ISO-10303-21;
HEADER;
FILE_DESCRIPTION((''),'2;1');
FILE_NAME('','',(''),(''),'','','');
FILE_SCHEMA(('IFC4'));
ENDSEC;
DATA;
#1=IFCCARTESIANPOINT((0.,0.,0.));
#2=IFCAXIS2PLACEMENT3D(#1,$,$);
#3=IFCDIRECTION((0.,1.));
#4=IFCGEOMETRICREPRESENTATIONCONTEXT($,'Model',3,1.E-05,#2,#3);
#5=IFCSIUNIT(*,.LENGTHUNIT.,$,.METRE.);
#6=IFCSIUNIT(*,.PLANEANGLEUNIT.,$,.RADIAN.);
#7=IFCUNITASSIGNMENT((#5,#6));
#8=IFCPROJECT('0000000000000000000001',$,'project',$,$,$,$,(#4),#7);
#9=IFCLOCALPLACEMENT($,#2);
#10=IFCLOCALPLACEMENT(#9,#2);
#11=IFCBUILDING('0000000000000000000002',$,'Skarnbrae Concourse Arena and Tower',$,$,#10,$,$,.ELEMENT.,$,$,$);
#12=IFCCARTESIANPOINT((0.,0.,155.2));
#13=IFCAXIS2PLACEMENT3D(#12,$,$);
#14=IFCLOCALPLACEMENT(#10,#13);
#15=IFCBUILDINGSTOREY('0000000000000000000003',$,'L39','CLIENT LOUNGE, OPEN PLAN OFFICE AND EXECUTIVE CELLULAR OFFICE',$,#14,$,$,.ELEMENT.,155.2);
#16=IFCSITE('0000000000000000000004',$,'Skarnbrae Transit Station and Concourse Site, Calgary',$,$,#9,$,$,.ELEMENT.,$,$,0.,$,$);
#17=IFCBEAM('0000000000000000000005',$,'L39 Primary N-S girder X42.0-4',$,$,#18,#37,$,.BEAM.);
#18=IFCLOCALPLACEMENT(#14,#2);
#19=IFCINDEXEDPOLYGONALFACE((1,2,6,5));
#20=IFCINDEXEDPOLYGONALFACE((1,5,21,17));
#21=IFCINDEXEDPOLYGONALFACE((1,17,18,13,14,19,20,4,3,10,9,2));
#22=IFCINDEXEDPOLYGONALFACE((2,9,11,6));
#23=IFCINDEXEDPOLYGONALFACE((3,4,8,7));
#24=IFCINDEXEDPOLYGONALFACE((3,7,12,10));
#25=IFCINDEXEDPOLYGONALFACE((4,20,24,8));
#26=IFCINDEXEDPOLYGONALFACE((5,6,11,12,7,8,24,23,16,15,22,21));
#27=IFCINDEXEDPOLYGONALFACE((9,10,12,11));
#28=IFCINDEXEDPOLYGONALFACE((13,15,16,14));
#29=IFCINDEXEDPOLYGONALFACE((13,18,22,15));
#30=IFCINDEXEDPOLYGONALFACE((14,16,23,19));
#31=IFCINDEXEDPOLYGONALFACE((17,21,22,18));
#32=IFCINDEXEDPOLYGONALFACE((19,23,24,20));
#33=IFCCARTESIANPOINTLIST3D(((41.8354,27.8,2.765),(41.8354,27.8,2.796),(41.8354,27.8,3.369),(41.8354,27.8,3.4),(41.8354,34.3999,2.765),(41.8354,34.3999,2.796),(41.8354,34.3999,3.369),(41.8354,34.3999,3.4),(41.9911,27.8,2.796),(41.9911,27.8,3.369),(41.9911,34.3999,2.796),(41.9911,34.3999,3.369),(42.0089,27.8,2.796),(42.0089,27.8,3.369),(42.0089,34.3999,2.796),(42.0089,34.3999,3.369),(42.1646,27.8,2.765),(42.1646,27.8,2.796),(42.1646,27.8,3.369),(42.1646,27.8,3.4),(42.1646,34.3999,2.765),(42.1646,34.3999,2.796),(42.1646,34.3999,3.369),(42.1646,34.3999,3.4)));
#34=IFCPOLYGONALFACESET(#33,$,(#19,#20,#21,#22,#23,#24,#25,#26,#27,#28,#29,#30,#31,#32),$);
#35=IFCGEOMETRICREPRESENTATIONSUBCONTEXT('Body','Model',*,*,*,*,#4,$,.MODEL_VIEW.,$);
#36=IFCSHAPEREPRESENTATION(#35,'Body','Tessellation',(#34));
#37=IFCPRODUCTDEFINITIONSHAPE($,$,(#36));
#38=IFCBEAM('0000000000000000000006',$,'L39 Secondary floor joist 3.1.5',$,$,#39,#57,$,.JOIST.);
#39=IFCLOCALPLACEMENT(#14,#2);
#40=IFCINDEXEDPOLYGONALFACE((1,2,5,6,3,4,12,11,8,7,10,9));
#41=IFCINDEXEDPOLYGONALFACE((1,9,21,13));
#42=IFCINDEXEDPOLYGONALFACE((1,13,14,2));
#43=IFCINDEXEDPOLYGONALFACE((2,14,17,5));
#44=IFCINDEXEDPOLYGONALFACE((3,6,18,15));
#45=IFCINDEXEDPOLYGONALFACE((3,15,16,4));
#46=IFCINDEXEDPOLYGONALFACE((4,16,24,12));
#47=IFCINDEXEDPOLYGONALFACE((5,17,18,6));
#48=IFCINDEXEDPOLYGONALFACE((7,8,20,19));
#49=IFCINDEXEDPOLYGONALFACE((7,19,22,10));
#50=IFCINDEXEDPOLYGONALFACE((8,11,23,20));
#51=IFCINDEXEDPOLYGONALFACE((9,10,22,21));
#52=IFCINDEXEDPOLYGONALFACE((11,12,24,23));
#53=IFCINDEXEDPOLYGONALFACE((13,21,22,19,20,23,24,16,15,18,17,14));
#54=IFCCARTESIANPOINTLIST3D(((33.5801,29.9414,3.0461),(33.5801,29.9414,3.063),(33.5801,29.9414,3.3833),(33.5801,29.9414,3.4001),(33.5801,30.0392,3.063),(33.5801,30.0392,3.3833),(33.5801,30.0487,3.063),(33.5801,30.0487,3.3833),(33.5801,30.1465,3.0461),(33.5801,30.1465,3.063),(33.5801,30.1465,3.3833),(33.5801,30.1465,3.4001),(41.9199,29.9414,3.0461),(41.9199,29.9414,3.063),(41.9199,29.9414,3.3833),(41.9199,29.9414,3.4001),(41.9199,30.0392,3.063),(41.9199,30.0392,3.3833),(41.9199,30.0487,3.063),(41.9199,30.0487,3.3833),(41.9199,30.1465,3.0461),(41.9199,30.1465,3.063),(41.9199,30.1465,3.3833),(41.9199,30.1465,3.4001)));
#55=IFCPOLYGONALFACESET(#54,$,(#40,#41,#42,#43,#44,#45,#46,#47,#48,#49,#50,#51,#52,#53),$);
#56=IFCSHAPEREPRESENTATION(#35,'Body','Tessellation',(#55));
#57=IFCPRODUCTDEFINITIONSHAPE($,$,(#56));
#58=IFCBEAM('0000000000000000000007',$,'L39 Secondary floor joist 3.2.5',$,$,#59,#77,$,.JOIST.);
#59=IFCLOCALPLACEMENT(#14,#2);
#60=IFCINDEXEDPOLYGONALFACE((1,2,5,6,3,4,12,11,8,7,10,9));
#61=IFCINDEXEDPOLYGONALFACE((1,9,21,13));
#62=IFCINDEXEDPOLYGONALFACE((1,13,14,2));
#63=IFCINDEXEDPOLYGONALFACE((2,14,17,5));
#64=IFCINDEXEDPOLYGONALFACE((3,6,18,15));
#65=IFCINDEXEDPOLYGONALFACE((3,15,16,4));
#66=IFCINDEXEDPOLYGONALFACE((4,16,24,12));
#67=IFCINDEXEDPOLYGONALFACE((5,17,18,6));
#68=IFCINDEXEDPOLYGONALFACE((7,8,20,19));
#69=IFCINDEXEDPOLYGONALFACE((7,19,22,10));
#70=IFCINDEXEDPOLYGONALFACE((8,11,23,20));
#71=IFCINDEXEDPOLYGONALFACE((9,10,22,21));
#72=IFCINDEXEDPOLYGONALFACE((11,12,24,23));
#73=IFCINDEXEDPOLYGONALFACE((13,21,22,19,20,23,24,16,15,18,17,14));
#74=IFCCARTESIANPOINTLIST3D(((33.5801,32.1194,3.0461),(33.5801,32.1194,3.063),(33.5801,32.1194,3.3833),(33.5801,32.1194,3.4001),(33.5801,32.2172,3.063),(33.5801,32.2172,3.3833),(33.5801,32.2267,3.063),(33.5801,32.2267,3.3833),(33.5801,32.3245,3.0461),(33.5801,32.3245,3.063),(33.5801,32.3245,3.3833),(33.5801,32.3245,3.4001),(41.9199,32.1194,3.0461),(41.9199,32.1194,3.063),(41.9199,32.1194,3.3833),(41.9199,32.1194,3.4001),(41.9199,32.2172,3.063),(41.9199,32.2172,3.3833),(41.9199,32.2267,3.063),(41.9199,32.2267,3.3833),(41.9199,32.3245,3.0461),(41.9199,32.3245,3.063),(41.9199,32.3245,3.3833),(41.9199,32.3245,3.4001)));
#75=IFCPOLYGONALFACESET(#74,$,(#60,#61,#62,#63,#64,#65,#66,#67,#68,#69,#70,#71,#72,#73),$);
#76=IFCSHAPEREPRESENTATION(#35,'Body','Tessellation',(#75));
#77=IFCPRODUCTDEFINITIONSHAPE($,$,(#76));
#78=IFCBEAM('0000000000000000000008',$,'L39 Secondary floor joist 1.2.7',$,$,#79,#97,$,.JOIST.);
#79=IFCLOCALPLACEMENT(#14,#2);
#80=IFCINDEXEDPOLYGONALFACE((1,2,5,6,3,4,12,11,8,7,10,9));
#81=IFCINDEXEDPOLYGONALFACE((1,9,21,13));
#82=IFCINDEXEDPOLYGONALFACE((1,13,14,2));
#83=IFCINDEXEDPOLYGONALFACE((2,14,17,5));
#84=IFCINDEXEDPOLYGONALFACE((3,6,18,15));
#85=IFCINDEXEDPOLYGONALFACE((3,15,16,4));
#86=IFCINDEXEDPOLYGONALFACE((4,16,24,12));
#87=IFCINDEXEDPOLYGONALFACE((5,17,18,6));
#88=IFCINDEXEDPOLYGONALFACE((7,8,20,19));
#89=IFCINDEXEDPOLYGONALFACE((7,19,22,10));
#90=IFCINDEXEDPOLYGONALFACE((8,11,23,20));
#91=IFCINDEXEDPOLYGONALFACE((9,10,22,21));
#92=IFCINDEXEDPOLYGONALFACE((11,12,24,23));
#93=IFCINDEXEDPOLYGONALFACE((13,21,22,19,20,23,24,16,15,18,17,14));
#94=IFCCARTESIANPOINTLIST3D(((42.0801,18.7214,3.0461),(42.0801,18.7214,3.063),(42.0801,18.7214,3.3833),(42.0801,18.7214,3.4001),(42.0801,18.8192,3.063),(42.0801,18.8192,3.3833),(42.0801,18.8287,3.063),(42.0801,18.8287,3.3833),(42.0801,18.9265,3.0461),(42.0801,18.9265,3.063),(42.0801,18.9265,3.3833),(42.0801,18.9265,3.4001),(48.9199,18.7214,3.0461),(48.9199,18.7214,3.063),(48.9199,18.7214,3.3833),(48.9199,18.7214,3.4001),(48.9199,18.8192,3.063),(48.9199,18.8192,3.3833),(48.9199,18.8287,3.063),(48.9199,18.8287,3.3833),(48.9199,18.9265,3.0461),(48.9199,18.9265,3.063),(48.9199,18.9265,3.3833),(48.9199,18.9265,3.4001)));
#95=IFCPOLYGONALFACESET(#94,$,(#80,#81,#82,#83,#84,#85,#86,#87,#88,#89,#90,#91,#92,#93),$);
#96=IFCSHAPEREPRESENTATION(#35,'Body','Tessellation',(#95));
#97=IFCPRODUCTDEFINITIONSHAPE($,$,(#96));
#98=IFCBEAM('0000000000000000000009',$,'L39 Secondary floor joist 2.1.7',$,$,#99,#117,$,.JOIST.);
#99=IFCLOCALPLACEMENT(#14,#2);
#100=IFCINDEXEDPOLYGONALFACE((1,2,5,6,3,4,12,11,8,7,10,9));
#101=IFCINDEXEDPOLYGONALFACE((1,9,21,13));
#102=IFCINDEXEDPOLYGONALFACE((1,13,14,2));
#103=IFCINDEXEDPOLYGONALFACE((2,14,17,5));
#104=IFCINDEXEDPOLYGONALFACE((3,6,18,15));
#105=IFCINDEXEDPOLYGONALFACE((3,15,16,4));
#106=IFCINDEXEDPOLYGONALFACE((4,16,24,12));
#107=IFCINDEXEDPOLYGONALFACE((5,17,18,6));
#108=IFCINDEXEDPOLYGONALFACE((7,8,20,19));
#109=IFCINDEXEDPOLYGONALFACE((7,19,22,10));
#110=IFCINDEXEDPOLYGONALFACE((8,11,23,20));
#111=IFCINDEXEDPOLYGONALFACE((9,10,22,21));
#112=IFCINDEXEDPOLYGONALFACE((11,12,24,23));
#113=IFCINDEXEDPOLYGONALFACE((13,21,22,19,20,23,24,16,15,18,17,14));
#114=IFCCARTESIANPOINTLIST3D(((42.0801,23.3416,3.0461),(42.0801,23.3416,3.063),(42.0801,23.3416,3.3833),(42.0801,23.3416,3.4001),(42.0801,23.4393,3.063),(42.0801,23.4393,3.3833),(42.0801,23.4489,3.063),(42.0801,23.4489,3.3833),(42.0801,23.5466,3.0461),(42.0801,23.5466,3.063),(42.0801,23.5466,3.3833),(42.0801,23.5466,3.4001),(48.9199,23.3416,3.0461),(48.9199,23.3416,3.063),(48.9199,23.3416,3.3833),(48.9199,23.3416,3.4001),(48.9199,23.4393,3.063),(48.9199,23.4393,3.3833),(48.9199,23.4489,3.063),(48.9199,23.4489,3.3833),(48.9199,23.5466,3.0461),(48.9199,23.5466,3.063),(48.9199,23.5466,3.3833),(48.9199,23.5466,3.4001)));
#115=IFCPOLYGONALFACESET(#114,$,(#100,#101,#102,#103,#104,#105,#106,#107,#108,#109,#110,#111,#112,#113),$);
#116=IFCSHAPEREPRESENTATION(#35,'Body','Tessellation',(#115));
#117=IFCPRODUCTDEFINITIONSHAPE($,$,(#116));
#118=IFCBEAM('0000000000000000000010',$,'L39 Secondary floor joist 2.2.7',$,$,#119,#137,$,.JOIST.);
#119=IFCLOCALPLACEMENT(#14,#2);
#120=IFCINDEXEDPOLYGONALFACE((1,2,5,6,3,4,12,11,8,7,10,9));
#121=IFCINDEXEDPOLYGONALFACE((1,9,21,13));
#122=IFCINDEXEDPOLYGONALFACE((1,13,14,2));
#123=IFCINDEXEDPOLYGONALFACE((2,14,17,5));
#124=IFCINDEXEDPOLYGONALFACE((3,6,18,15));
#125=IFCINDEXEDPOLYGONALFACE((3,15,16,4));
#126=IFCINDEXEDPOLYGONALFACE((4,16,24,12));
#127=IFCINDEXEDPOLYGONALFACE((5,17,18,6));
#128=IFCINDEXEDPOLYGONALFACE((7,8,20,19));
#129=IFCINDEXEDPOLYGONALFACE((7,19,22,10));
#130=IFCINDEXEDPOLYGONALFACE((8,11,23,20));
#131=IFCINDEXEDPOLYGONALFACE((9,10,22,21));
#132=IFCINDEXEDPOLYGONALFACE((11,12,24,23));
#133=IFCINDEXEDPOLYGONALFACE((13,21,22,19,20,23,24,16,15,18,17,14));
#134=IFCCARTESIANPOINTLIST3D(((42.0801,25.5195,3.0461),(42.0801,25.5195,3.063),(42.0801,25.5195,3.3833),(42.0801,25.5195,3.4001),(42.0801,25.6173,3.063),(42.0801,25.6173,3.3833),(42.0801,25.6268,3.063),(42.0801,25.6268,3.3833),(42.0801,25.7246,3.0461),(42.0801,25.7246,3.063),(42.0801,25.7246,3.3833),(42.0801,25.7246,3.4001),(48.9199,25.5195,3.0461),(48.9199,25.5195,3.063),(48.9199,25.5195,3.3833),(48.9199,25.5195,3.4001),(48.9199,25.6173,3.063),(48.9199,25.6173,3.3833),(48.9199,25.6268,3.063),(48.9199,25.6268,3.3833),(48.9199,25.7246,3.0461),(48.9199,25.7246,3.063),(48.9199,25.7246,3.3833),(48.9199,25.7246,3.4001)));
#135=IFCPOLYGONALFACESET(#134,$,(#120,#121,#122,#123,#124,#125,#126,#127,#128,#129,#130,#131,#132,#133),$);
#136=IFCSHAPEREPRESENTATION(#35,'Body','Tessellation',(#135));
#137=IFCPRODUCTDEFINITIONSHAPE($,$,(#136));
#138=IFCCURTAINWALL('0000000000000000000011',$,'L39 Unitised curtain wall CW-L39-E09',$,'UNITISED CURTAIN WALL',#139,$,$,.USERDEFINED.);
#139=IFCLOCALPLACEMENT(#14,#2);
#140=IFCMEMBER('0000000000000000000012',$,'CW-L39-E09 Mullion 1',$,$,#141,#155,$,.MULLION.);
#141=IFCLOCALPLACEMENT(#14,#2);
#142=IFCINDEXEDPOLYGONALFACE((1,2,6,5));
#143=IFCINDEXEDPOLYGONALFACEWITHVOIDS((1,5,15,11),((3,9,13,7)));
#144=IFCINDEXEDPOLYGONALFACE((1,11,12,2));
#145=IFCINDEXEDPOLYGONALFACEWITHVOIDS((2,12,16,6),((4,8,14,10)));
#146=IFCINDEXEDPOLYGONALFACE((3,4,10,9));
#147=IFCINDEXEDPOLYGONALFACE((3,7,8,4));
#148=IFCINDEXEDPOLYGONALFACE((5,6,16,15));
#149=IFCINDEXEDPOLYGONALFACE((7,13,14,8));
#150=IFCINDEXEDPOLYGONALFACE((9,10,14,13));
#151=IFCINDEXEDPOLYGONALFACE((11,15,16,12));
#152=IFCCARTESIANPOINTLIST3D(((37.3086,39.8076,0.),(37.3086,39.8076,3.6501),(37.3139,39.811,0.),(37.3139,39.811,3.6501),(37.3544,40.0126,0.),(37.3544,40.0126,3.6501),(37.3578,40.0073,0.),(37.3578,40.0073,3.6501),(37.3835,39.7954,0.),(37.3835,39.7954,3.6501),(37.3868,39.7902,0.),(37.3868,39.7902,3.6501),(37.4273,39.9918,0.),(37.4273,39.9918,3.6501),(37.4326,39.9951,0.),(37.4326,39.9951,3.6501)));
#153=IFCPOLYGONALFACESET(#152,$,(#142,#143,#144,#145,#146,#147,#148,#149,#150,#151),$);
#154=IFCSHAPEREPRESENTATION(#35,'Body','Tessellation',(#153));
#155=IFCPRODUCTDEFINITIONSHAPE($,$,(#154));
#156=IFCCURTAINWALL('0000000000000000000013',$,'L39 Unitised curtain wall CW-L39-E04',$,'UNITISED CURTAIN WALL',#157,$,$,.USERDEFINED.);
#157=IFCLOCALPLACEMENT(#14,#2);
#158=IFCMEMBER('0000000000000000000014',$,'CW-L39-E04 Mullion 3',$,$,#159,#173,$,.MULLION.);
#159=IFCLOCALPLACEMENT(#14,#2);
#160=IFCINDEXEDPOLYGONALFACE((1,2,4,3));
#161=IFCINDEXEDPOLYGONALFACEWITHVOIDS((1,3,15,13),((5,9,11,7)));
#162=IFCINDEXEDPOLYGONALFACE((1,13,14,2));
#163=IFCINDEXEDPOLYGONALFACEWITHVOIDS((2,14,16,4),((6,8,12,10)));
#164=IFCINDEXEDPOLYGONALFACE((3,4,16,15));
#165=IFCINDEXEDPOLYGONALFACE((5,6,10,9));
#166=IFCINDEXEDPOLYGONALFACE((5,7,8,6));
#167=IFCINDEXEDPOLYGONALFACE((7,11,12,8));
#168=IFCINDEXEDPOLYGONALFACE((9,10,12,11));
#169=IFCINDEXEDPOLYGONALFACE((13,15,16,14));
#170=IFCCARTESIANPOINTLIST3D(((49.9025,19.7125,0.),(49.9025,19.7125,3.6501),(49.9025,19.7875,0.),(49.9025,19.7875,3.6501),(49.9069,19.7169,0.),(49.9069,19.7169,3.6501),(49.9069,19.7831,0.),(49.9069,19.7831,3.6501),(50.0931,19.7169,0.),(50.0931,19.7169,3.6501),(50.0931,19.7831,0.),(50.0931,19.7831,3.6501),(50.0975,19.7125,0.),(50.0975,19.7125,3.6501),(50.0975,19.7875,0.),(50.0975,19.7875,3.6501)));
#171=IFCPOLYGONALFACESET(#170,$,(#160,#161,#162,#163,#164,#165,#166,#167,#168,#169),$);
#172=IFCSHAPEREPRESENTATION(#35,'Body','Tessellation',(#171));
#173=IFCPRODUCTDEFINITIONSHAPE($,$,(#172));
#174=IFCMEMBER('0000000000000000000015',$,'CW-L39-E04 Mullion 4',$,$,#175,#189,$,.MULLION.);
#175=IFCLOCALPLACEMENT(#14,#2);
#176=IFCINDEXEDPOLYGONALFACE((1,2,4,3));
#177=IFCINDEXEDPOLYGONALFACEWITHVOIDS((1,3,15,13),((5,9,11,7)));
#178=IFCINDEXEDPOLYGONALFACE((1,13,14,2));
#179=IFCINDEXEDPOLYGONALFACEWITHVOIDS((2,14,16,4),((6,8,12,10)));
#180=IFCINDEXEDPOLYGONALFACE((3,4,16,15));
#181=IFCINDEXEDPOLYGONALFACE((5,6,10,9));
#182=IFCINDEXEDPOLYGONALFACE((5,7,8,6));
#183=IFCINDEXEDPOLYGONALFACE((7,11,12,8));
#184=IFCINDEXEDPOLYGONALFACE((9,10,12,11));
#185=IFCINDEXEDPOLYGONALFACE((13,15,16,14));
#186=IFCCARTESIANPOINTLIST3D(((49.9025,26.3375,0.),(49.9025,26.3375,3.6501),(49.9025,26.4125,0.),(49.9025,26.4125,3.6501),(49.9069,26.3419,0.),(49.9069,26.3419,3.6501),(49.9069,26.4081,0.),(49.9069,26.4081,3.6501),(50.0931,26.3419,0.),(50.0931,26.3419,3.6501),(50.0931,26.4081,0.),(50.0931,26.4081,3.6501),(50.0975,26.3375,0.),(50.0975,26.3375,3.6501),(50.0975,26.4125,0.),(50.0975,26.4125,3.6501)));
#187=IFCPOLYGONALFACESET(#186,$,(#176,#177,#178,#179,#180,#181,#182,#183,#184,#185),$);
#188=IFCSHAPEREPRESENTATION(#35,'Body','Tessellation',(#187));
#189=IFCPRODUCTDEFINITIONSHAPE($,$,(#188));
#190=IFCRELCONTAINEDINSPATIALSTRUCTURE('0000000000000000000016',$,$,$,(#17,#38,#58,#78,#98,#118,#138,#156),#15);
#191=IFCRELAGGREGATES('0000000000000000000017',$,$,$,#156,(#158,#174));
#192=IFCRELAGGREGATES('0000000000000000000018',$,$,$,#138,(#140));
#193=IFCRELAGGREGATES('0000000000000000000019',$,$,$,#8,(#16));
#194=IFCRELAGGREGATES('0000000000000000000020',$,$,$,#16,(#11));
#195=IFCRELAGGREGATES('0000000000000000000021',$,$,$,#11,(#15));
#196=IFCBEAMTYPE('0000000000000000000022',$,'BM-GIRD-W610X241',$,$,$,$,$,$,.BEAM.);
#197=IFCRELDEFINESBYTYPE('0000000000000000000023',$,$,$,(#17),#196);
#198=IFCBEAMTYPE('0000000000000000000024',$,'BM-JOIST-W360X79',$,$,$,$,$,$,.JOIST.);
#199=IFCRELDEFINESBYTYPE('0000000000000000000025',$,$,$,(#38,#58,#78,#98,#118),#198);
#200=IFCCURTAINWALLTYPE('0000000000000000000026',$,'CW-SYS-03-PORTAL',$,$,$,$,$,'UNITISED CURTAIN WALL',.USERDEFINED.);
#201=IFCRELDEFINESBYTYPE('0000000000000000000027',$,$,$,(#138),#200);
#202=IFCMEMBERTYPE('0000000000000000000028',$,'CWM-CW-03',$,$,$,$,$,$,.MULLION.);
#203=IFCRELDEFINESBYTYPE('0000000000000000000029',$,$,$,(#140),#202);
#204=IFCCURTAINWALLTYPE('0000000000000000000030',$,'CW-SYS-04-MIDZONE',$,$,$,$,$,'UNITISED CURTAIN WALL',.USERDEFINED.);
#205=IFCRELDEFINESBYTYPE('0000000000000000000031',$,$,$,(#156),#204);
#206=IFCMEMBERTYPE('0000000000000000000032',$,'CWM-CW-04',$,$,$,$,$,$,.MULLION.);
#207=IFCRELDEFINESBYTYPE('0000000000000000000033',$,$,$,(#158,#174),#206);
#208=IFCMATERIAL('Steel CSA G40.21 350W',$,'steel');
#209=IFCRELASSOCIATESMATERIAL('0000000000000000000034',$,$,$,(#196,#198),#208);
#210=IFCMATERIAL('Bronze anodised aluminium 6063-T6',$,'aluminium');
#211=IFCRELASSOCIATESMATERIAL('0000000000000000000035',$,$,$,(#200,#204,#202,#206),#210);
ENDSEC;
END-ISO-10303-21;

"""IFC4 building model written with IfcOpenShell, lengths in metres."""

from ifc_helpers import new_model, si_unit, direction, frame, origin, origin_2d, place, context, subcontext, project, spatial, hollow_rectangle, i_section, extrude, source, transform, mapped, material, material_profile, profile_set, type_object, element, aggregate, save


model = new_model("IFC4")

# Units and contexts
model_context = context("Model", 3, precision=1e-05, world=origin(), true_north=direction((0.0, 1.0)))
body_context = subcontext(model_context, "Body", "Model", "MODEL_VIEW")
ifc_project = project(units=[si_unit("LENGTHUNIT", "METRE"), si_unit("PLANEANGLEUNIT", "RADIAN")], contexts=[model_context])

# Site, building, storey
site_placement = place(None, origin())
site = spatial("IfcSite", under=ifc_project, at=site_placement, Name="Skarnbrae Transit Station and Concourse Site, Calgary", CompositionType="ELEMENT", RefElevation=0.0)
building_placement = place(site_placement, origin())
building = spatial("IfcBuilding", under=site, at=building_placement, Name="Skarnbrae Concourse Arena and Tower", CompositionType="ELEMENT")
storey_placement = place(building_placement, frame((0.0, 0.0, 155.2)))
storey = spatial("IfcBuildingStorey", under=building, at=storey_placement, Name="L39", Description="CLIENT LOUNGE, OPEN PLAN OFFICE AND EXECUTIVE CELLULAR OFFICE", CompositionType="ELEMENT", Elevation=155.2)

# Shared definitions
ifc_material_1 = material(Name="Steel CSA G40.21 350W", Category="steel")

# Beams
ifc_material_profile_1 = material_profile(ifc_material_1, i_section(OverallWidth=0.3291, OverallDepth=0.635, WebThickness=0.0178, FlangeThickness=0.031, at=origin_2d()), Name="W610X241")
ifc_profile_set_1 = profile_set([ifc_material_profile_1], Name="Steel CSA G40.21 350W")
beam_type_1 = type_object("IfcBeamType", Name="BM-GIRD-W610X241", PredefinedType="BEAM", material=ifc_profile_set_1)
shared_shape_1 = source(origin(), body_context, "Body", "SweptSolid", [
    extrude(i_section(OverallWidth=0.3291, OverallDepth=0.635, WebThickness=0.0178, FlangeThickness=0.031, at=origin_2d()), origin(), (0.0, 0.0, 1.0), 6.5999),
])
beam_1_placement = place(storey_placement, frame((42.0, 27.8, 3.0825), z_axis=(0.0, 1.0, 0.0), x_axis=(-1.0, 0.0, 0.0)))
element("IfcBeam", 1, at=beam_1_placement, inside=storey, type_object=beam_type_1, Name="L39 Primary N-S girder X42.0-4", PredefinedType="BEAM", context=body_context, shape_type="MappedRepresentation", body=[
    mapped(shared_shape_1, transform((0.0, 0.0, 0.0))),
])
ifc_material_profile_2 = material_profile(ifc_material_1, i_section(OverallWidth=0.2051, OverallDepth=0.354, WebThickness=0.0095, FlangeThickness=0.0168, at=origin_2d()), Name="W360X79")
ifc_profile_set_2 = profile_set([ifc_material_profile_2], Name="Steel CSA G40.21 350W")
beam_type_2 = type_object("IfcBeamType", Name="BM-JOIST-W360X79", PredefinedType="JOIST", material=ifc_profile_set_2)
shared_shape_2 = source(origin(), body_context, "Body", "SweptSolid", [
    extrude(i_section(OverallWidth=0.2051, OverallDepth=0.354, WebThickness=0.0095, FlangeThickness=0.0168, at=origin_2d()), origin(), (0.0, 0.0, 1.0), 8.3398),
])
for number, where, z_axis, x_axis, name in (
    (2, (33.5801, 30.0439, 3.2231), (1.0, 0.0, 0.0), (0.0, 1.0, 0.0), "L39 Secondary floor joist 3.1.5"),
    (3, (33.5801, 32.2219, 3.2231), (1.0, 0.0, 0.0), (0.0, 1.0, 0.0), "L39 Secondary floor joist 3.2.5"),
):
    element("IfcBeam", number, at=place(storey_placement, frame(where, z_axis=z_axis, x_axis=x_axis)), inside=storey, type_object=beam_type_2, Name=name, PredefinedType="JOIST", context=body_context, shape_type="MappedRepresentation", body=[
        mapped(shared_shape_2, transform((0.0, 0.0, 0.0))),
    ])
shared_shape_3 = source(origin(), body_context, "Body", "SweptSolid", [
    extrude(i_section(OverallWidth=0.2051, OverallDepth=0.354, WebThickness=0.0095, FlangeThickness=0.0168, at=origin_2d()), origin(), (0.0, 0.0, 1.0), 6.8398),
])
for number, where, z_axis, x_axis, name in (
    (4, (42.0801, 18.824, 3.2231), (1.0, 0.0, 0.0), (0.0, 1.0, 0.0), "L39 Secondary floor joist 1.2.7"),
    (5, (42.0801, 23.4441, 3.2231), (1.0, 0.0, 0.0), (0.0, 1.0, 0.0), "L39 Secondary floor joist 2.1.7"),
    (6, (42.0801, 25.6221, 3.2231), (1.0, 0.0, 0.0), (0.0, 1.0, 0.0), "L39 Secondary floor joist 2.2.7"),
):
    element("IfcBeam", number, at=place(storey_placement, frame(where, z_axis=z_axis, x_axis=x_axis)), inside=storey, type_object=beam_type_2, Name=name, PredefinedType="JOIST", context=body_context, shape_type="MappedRepresentation", body=[
        mapped(shared_shape_3, transform((0.0, 0.0, 0.0))),
    ])

# Curtain wall, member
ifc_material_2 = material(Name="Bronze anodised aluminium 6063-T6", Category="aluminium")
curtain_wall_type_1 = type_object("IfcCurtainWallType", Name="CW-SYS-03-PORTAL", ElementType="UNITISED CURTAIN WALL", PredefinedType="USERDEFINED", material=ifc_material_2)
curtain_wall_1_placement = place(storey_placement, origin())
curtain_wall_1 = element("IfcCurtainWall", 7, at=curtain_wall_1_placement, inside=storey, type_object=curtain_wall_type_1, Name="L39 Unitised curtain wall CW-L39-E09", ObjectType="UNITISED CURTAIN WALL", PredefinedType="USERDEFINED")
ifc_material_profile_3 = material_profile(ifc_material_2, hollow_rectangle(XDim=0.0801, YDim=0.21, WallThickness=0.0044, at=origin_2d()), Name="ALU-MULL-80X210")
ifc_profile_set_3 = profile_set([ifc_material_profile_3], Name="Bronze anodised aluminium 6063-T6")
member_type_1 = type_object("IfcMemberType", Name="CWM-CW-03", PredefinedType="MULLION", material=ifc_profile_set_3)
shared_shape_4 = source(origin(), body_context, "Body", "SweptSolid", [
    extrude(hollow_rectangle(XDim=0.0801, YDim=0.21, WallThickness=0.0044, at=origin_2d()), origin(), (0.0, 0.0, 1.0), 3.6501),
])
member_1_placement = place(storey_placement, frame((37.3706, 39.9014, 0.0), z_axis=(0.0, 0.0, 1.0), x_axis=(-0.975936, 0.218056, 0.0)))
member_1 = element("IfcMember", 8, at=member_1_placement, type_object=member_type_1, Name="CW-L39-E09 Mullion 1", PredefinedType="MULLION", context=body_context, shape_type="MappedRepresentation", body=[
    mapped(shared_shape_4, transform((0.0, 0.0, 0.0))),
])

# Curtain wall, members
curtain_wall_type_2 = type_object("IfcCurtainWallType", Name="CW-SYS-04-MIDZONE", ElementType="UNITISED CURTAIN WALL", PredefinedType="USERDEFINED", material=ifc_material_2)
curtain_wall_2_placement = place(storey_placement, origin())
curtain_wall_2 = element("IfcCurtainWall", 9, at=curtain_wall_2_placement, inside=storey, type_object=curtain_wall_type_2, Name="L39 Unitised curtain wall CW-L39-E04", ObjectType="UNITISED CURTAIN WALL", PredefinedType="USERDEFINED")
ifc_material_profile_4 = material_profile(ifc_material_2, hollow_rectangle(XDim=0.075, YDim=0.1951, WallThickness=0.0044, at=origin_2d()), Name="ALU-MULL-75X195")
ifc_profile_set_4 = profile_set([ifc_material_profile_4], Name="Bronze anodised aluminium 6063-T6")
member_type_2 = type_object("IfcMemberType", Name="CWM-CW-04", PredefinedType="MULLION", material=ifc_profile_set_4)
shared_shape_5 = source(origin(), body_context, "Body", "SweptSolid", [
    extrude(hollow_rectangle(XDim=0.075, YDim=0.1951, WallThickness=0.0044, at=origin_2d()), origin(), (0.0, 0.0, 1.0), 3.6501),
])
member_2_placement = place(storey_placement, frame((50.0, 19.75, 0.0), z_axis=(0.0, 0.0, 1.0), x_axis=(0.0, 1.0, 0.0)))
member_2 = element("IfcMember", 10, at=member_2_placement, type_object=member_type_2, Name="CW-L39-E04 Mullion 3", PredefinedType="MULLION", context=body_context, shape_type="MappedRepresentation", body=[
    mapped(shared_shape_5, transform((0.0, 0.0, 0.0))),
])
member_3_placement = place(storey_placement, frame((50.0, 26.375, 0.0), z_axis=(0.0, 0.0, 1.0), x_axis=(0.0, 1.0, 0.0)))
member_3 = element("IfcMember", 11, at=member_3_placement, type_object=member_type_2, Name="CW-L39-E04 Mullion 4", PredefinedType="MULLION", context=body_context, shape_type="MappedRepresentation", body=[
    mapped(shared_shape_5, transform((0.0, 0.0, 0.0))),
])

aggregate(curtain_wall_2, [member_2, member_3])
aggregate(curtain_wall_1, [member_1])

save(model, "model.ifc")
